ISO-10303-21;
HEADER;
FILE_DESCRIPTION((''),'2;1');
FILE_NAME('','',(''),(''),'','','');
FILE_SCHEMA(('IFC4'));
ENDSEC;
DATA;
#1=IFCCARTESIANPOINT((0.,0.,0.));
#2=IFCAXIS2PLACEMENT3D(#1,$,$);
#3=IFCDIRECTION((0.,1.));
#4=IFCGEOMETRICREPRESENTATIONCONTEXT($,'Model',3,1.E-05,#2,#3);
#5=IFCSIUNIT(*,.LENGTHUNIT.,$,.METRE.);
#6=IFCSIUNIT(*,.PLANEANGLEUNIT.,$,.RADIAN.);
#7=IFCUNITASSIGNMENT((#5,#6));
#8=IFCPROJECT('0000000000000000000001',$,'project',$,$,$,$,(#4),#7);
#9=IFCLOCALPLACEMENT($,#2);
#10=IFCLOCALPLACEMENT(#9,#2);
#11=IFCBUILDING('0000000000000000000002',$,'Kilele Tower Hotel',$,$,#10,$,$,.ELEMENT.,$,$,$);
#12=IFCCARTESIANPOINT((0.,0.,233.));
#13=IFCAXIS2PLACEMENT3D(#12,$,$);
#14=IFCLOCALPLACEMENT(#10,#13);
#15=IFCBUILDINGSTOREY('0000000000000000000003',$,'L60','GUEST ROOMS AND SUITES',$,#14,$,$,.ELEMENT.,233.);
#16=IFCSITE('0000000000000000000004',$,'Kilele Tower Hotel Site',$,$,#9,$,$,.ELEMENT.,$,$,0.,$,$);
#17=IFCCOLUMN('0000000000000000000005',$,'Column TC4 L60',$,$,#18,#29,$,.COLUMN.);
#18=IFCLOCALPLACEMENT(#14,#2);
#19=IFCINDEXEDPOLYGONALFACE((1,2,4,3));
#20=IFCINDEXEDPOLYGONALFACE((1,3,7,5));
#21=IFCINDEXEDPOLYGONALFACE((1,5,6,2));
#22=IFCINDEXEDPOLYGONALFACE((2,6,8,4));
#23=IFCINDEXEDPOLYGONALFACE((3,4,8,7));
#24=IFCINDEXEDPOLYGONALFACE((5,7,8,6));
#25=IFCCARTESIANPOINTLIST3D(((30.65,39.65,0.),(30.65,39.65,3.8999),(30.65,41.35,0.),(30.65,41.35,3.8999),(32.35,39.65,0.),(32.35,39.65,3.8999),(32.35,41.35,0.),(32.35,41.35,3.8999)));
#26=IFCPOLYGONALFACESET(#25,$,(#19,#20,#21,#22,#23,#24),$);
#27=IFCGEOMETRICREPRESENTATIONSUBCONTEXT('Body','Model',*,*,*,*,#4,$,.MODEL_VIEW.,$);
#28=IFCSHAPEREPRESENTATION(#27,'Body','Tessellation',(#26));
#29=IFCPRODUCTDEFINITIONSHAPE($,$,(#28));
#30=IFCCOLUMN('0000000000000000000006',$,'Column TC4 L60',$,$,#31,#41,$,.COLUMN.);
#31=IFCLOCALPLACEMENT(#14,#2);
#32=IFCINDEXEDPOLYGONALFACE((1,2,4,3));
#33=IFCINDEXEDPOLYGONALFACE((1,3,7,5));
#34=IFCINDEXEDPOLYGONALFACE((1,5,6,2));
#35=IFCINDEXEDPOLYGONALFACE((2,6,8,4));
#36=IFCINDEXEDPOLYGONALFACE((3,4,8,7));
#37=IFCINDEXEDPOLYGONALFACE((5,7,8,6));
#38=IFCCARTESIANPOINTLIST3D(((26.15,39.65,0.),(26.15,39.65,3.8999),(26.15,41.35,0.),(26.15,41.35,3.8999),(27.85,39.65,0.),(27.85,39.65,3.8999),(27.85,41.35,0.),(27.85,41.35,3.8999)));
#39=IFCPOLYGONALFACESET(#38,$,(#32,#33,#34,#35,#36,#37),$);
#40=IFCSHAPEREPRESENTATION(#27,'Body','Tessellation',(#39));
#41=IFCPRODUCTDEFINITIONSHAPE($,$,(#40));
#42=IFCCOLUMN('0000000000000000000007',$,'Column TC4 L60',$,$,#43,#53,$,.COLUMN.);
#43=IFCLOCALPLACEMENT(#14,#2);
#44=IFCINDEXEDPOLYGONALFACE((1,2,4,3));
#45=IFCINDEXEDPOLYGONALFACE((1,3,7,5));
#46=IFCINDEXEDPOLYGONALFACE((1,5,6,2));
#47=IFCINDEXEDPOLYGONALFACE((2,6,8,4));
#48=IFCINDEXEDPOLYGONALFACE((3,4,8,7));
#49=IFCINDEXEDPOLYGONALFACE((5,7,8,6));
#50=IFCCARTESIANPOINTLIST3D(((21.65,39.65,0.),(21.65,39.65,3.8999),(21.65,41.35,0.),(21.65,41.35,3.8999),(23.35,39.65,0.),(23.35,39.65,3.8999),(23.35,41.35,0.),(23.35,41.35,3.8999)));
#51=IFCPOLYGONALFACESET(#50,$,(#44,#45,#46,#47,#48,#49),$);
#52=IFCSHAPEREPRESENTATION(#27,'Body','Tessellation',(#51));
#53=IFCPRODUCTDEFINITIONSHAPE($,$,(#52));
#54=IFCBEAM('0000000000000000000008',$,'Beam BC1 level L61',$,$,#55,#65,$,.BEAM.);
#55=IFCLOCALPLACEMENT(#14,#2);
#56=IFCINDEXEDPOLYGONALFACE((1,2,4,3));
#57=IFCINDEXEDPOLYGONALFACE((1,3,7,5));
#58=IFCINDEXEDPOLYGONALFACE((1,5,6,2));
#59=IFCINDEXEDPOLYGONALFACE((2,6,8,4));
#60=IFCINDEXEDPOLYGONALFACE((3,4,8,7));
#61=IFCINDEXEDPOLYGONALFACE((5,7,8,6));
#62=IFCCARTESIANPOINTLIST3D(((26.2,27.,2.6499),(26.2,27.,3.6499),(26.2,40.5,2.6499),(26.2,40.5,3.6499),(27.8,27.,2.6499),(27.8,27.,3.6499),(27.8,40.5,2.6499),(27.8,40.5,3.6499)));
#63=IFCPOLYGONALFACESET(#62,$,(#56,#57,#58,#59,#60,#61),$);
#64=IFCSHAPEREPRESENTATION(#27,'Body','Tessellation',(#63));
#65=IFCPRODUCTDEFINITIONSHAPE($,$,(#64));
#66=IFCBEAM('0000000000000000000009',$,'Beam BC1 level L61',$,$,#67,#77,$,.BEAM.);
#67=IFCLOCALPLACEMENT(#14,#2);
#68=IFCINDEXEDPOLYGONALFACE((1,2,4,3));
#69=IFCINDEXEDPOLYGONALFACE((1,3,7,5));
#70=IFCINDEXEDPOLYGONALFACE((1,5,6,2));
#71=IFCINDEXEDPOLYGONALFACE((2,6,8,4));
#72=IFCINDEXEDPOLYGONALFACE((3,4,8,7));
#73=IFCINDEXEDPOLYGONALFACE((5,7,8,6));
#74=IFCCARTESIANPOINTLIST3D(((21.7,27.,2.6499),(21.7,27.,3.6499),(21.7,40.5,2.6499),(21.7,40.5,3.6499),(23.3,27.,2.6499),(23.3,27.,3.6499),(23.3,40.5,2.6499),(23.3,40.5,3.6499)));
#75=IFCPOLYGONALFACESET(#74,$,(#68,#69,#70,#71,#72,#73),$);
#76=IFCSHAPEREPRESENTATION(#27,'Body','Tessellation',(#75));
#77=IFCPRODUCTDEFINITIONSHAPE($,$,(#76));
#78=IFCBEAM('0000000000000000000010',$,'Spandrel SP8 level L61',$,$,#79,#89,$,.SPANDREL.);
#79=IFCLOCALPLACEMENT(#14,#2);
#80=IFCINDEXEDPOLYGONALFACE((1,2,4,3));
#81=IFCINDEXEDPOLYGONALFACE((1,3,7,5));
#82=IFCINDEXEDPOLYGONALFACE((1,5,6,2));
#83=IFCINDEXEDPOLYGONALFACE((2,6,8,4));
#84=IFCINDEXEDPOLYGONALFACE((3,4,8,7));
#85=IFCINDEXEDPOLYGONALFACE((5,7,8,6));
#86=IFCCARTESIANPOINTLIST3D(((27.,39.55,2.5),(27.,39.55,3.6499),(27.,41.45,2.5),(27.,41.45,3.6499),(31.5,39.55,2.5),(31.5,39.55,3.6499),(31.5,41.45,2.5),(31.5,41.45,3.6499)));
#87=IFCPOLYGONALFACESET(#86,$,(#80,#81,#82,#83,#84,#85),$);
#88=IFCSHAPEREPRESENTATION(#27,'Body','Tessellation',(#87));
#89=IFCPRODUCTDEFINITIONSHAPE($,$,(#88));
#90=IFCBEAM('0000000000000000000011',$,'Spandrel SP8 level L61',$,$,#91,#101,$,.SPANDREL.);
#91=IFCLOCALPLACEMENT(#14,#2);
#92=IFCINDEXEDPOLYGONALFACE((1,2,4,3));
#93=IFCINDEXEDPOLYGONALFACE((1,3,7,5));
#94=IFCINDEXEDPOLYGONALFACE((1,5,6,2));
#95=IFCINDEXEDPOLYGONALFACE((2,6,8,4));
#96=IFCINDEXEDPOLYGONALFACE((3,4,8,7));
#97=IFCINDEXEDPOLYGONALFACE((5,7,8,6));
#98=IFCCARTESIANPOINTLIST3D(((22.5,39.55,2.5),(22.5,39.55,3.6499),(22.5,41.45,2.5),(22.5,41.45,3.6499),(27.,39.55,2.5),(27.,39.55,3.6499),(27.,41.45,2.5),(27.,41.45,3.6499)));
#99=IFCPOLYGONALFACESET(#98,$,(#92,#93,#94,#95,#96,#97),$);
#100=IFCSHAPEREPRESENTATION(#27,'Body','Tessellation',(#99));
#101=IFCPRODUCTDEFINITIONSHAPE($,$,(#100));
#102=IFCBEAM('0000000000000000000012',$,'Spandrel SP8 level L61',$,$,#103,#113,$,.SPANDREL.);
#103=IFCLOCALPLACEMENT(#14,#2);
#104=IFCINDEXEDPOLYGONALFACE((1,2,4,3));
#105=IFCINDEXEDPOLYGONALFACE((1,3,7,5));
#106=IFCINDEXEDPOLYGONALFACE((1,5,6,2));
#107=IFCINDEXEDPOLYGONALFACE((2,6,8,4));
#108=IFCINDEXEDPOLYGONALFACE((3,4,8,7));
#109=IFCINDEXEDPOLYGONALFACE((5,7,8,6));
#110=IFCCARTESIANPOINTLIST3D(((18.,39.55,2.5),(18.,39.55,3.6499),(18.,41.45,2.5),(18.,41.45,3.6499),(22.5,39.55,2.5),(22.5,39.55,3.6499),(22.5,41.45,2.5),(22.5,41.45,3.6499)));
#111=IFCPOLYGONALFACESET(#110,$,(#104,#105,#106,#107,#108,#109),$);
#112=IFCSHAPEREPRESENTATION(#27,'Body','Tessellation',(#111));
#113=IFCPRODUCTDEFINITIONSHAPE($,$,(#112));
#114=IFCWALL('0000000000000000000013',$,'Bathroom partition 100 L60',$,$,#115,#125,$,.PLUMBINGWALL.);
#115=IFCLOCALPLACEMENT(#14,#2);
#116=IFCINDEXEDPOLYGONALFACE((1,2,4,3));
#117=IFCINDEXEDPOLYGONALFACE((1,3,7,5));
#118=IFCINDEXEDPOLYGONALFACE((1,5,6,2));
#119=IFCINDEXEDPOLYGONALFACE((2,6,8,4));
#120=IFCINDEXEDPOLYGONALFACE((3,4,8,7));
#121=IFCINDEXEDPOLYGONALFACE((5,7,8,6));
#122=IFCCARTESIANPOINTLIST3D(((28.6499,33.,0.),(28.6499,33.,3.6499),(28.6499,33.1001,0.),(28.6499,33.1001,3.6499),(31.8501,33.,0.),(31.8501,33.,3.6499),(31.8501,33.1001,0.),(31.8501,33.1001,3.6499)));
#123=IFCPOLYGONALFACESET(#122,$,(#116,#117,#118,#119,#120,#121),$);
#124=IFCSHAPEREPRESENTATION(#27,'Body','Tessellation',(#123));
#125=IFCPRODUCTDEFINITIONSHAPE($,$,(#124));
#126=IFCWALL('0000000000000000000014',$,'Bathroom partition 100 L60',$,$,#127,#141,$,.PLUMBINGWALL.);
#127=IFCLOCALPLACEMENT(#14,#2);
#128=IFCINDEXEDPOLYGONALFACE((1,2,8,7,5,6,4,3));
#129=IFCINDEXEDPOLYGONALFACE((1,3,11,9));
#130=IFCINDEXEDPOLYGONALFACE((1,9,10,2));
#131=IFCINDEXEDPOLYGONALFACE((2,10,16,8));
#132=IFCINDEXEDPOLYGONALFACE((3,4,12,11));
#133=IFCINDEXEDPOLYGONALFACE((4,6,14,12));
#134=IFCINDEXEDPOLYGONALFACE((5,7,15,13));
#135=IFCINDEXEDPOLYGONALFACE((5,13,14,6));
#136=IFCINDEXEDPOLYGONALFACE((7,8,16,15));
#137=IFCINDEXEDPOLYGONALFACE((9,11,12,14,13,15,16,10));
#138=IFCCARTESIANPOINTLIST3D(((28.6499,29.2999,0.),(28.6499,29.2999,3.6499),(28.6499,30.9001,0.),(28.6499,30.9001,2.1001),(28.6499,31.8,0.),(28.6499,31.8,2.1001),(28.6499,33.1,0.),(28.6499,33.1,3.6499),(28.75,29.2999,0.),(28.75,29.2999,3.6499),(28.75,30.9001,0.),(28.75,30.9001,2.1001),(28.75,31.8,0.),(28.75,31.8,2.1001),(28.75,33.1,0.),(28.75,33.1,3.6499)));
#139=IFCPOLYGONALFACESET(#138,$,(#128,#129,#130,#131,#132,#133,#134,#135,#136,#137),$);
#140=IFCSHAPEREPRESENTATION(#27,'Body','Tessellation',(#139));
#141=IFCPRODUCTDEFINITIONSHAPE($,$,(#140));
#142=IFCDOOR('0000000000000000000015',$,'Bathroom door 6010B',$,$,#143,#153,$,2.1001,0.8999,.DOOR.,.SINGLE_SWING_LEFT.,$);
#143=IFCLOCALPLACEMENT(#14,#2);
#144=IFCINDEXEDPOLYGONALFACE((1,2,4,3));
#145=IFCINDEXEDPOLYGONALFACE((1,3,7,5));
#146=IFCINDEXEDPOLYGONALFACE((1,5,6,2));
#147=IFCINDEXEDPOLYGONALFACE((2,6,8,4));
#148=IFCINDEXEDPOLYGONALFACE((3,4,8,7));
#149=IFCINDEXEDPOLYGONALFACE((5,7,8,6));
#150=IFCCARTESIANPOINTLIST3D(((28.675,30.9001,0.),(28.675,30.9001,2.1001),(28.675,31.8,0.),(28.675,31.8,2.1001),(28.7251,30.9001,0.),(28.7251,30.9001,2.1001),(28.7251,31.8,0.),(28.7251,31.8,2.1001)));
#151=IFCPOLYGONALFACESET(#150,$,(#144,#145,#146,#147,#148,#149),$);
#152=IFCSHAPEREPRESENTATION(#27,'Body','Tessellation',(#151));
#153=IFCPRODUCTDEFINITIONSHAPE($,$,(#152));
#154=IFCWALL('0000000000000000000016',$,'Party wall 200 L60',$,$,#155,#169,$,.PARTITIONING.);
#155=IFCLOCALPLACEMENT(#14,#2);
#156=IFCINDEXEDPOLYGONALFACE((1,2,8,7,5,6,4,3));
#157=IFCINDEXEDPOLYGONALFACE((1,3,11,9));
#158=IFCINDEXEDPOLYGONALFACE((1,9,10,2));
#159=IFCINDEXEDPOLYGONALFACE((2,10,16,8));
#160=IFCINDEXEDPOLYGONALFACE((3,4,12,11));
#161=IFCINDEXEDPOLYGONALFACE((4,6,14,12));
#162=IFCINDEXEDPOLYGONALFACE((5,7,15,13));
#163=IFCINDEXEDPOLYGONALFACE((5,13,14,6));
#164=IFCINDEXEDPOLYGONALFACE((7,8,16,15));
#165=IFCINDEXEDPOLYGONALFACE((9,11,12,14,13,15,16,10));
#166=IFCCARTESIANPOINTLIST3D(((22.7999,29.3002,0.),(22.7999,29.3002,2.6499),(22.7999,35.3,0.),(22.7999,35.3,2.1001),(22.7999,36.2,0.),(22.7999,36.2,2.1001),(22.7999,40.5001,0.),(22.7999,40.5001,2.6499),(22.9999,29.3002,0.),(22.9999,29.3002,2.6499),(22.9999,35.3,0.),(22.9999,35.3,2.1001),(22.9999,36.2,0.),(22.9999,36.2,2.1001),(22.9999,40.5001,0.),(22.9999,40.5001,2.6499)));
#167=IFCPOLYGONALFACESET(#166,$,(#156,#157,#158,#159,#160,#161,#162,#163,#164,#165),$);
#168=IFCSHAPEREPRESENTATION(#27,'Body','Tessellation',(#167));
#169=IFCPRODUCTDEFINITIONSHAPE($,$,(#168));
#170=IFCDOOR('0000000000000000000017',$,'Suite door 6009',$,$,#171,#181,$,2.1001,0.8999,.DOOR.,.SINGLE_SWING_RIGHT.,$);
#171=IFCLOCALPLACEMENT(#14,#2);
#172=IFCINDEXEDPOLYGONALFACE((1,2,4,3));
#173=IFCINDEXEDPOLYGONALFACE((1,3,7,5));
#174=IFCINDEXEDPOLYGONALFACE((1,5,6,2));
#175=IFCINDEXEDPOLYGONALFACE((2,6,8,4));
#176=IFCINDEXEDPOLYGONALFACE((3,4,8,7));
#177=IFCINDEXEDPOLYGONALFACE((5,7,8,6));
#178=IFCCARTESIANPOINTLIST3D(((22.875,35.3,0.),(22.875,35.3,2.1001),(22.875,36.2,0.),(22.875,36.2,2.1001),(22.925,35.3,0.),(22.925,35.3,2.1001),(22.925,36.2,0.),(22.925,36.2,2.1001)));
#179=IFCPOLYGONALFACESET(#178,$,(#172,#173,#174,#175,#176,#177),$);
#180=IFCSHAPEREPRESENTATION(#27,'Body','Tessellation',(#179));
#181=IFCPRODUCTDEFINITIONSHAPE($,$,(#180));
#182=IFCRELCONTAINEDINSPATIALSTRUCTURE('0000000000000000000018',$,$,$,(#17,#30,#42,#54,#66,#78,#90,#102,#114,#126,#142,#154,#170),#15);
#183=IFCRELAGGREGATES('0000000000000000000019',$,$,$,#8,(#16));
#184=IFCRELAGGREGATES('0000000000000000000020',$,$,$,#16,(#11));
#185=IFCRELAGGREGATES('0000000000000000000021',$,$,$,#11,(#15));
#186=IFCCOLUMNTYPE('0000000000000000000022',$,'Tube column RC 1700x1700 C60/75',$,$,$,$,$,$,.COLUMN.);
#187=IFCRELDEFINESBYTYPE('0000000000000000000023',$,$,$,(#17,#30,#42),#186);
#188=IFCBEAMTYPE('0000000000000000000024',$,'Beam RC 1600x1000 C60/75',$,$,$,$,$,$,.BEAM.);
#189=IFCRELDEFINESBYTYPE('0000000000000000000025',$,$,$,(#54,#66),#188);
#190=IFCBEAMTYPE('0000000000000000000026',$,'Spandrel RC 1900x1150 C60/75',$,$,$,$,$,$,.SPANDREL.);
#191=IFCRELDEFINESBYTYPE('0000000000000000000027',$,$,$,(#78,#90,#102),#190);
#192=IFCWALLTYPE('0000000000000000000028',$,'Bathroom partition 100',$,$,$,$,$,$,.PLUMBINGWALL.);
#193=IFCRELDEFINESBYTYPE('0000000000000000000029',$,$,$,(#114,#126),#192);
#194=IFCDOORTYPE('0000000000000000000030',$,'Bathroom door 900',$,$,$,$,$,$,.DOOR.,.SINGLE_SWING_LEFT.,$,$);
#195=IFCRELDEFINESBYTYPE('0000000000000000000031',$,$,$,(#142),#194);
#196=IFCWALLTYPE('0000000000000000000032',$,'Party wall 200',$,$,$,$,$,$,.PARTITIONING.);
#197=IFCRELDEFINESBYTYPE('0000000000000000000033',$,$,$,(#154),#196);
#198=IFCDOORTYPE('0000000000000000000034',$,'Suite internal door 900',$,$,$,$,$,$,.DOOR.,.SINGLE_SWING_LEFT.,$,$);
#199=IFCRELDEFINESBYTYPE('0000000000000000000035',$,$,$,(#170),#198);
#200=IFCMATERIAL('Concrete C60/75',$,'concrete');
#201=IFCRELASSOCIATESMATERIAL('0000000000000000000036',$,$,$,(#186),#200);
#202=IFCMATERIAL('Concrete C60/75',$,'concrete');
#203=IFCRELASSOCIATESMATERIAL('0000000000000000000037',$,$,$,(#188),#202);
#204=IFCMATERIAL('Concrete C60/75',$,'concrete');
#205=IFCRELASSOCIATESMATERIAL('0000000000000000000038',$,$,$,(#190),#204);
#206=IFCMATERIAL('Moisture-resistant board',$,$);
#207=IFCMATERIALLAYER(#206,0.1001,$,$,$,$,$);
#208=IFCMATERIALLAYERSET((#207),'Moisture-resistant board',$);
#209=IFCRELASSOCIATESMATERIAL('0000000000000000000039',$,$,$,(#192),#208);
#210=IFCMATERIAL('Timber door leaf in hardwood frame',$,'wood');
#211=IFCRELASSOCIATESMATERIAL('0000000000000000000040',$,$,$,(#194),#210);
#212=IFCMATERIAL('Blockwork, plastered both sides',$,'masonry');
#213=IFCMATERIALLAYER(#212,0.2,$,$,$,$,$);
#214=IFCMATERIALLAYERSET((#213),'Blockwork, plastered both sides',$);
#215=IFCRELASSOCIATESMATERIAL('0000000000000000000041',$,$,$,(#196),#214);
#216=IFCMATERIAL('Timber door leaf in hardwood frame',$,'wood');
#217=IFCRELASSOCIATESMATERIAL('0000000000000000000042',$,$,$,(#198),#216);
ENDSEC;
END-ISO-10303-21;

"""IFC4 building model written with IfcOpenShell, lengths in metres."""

from ifc_helpers import new_model, si_unit, direction, frame, frame_2d, origin, origin_2d, place, context, subcontext, project, spatial, rectangle, extrude, material, layer, layer_set, material_profile, profile_set, type_object, element, fill, save


model = new_model("IFC4")

# Units and contexts
model_context = context("Model", 3, precision=1e-05, world=origin(), true_north=direction((0.0, 1.0)))
body_context = subcontext(model_context, "Body", "Model", "MODEL_VIEW")
ifc_project = project(units=[si_unit("LENGTHUNIT", "METRE"), si_unit("PLANEANGLEUNIT", "RADIAN")], contexts=[model_context])

# Site, building, storey
site_placement = place(None, origin())
site = spatial("IfcSite", under=ifc_project, at=site_placement, Name="Kilele Tower Hotel Site", CompositionType="ELEMENT", RefElevation=0.0)
building_placement = place(site_placement, origin())
building = spatial("IfcBuilding", under=site, at=building_placement, Name="Kilele Tower Hotel", CompositionType="ELEMENT")
storey_placement = place(building_placement, frame((0.0, 0.0, 233.0)))
storey = spatial("IfcBuildingStorey", under=building, at=storey_placement, Name="L60", Description="GUEST ROOMS AND SUITES", CompositionType="ELEMENT", Elevation=233.0)

# Columns
ifc_material_1 = material(Name="Concrete C60/75", Category="concrete")
ifc_material_profile_1 = material_profile(ifc_material_1, rectangle(XDim=1.7, YDim=1.7, at=origin_2d()))
ifc_profile_set_1 = profile_set([ifc_material_profile_1], Name="Concrete C60/75")
column_type = type_object("IfcColumnType", Name="Tube column RC 1700x1700 C60/75", PredefinedType="COLUMN", material=ifc_profile_set_1)
for number, where, z_axis, x_axis, name in (
    (1, (31.5, 40.5, 0.0), (0.0, 0.0, 1.0), (1.0, 0.0, 0.0), "Column TC4 L60"),
    (2, (27.0, 40.5, 0.0), (0.0, 0.0, 1.0), (1.0, 0.0, 0.0), "Column TC4 L60"),
    (3, (22.5, 40.5, 0.0), (0.0, 0.0, 1.0), (1.0, 0.0, 0.0), "Column TC4 L60"),
):
    element("IfcColumn", number, at=place(storey_placement, frame(where, z_axis=z_axis, x_axis=x_axis)), inside=storey, type_object=column_type, Name=name, PredefinedType="COLUMN", context=body_context, shape_type="SweptSolid", body=[
        extrude(rectangle(XDim=1.7, YDim=1.7, at=origin_2d()), origin(), (0.0, 0.0, 1.0), 3.8999),
    ])

# Beams
ifc_material_2 = material(Name="Concrete C60/75", Category="concrete")
ifc_material_profile_2 = material_profile(ifc_material_2, rectangle(XDim=1.6001, YDim=1.0, at=origin_2d()))
ifc_profile_set_2 = profile_set([ifc_material_profile_2], Name="Concrete C60/75")
beam_type_1 = type_object("IfcBeamType", Name="Beam RC 1600x1000 C60/75", PredefinedType="BEAM", material=ifc_profile_set_2)
for number, where, z_axis, x_axis, name in (
    (4, (27.0, 40.5, 3.1499), (0.0, -1.0, 0.0), (1.0, 0.0, 0.0), "Beam BC1 level L61"),
    (5, (22.5, 40.5, 3.1499), (0.0, -1.0, 0.0), (1.0, 0.0, 0.0), "Beam BC1 level L61"),
):
    element("IfcBeam", number, at=place(storey_placement, frame(where, z_axis=z_axis, x_axis=x_axis)), inside=storey, type_object=beam_type_1, Name=name, PredefinedType="BEAM", context=body_context, shape_type="SweptSolid", body=[
        extrude(rectangle(XDim=1.6001, YDim=1.0, at=origin_2d()), origin(), (0.0, 0.0, 1.0), 13.5),
    ])
ifc_material_3 = material(Name="Concrete C60/75", Category="concrete")
ifc_material_profile_3 = material_profile(ifc_material_3, rectangle(XDim=1.8999, YDim=1.1499, at=origin_2d()))
ifc_profile_set_3 = profile_set([ifc_material_profile_3], Name="Concrete C60/75")
beam_type_2 = type_object("IfcBeamType", Name="Spandrel RC 1900x1150 C60/75", PredefinedType="SPANDREL", material=ifc_profile_set_3)
for number, where, z_axis, x_axis, name in (
    (6, (31.5, 40.5, 3.075), (-1.0, 0.0, 0.0), (0.0, -1.0, 0.0), "Spandrel SP8 level L61"),
    (7, (27.0, 40.5, 3.075), (-1.0, 0.0, 0.0), (0.0, -1.0, 0.0), "Spandrel SP8 level L61"),
    (8, (22.5, 40.5, 3.075), (-1.0, 0.0, 0.0), (0.0, -1.0, 0.0), "Spandrel SP8 level L61"),
):
    element("IfcBeam", number, at=place(storey_placement, frame(where, z_axis=z_axis, x_axis=x_axis)), inside=storey, type_object=beam_type_2, Name=name, PredefinedType="SPANDREL", context=body_context, shape_type="SweptSolid", body=[
        extrude(rectangle(XDim=1.8999, YDim=1.1499, at=origin_2d()), origin(), (0.0, 0.0, 1.0), 4.5),
    ])

# Wall
ifc_material_4 = material(Name="Moisture-resistant board")
ifc_layer_1 = layer(ifc_material_4, 0.1001)
ifc_layer_set_1 = layer_set([ifc_layer_1], Name="Moisture-resistant board")
wall_type_1 = type_object("IfcWallType", Name="Bathroom partition 100", PredefinedType="PLUMBINGWALL", material=ifc_layer_set_1)
wall_1_placement = place(storey_placement, frame((28.6499, 33.05, 0.0), z_axis=(0.0, 0.0, 1.0), x_axis=(1.0, 0.0, 0.0)))
element("IfcWall", 9, at=wall_1_placement, inside=storey, type_object=wall_type_1, Name="Bathroom partition 100 L60", PredefinedType="PLUMBINGWALL", context=body_context, shape_type="SweptSolid", body=[
    extrude(rectangle(XDim=3.2002, YDim=0.1001, at=frame_2d((1.6001, 0.0))), origin(), (0.0, 0.0, 1.0), 3.6499),
])

# Walls, openings, doors
wall_2_placement = place(storey_placement, frame((28.7, 29.3, 0.0), z_axis=(0.0, 0.0, 1.0), x_axis=(0.0, 1.0, 0.0)))
wall_2 = element("IfcWall", 10, at=wall_2_placement, inside=storey, type_object=wall_type_1, Name="Bathroom partition 100 L60", PredefinedType="PLUMBINGWALL", context=body_context, shape_type="SweptSolid", body=[
    extrude(rectangle(XDim=3.8, YDim=0.1001, at=frame_2d((1.8999, 0.0))), origin(), (0.0, 0.0, 1.0), 3.6499),
])
opening_1_placement = place(wall_2_placement, frame((1.6001, 0.0, 0.0)))
opening_1 = element("IfcOpeningElement", 11, at=opening_1_placement, cuts=wall_2, PredefinedType="OPENING", context=body_context, shape_type="SweptSolid", body=[
    extrude(rectangle(XDim=0.8999, YDim=2.1001, at=frame_2d((0.45, 1.05))), frame((0.0, 0.0601, 0.0), z_axis=(0.0, -1.0, 0.0), x_axis=(1.0, 0.0, 0.0)), (0.0, 0.0, 1.0), 0.1201),
])
ifc_material_5 = material(Name="Timber door leaf in hardwood frame", Category="wood")
door_type_1 = type_object("IfcDoorType", Name="Bathroom door 900", OperationType="SINGLE_SWING_LEFT", PredefinedType="DOOR", material=ifc_material_5)
door_1_placement = place(opening_1_placement, origin())
door_1 = element("IfcDoor", 12, at=door_1_placement, inside=storey, type_object=door_type_1, Name="Bathroom door 6010B", OperationType="SINGLE_SWING_LEFT", OverallHeight=2.1001, OverallWidth=0.8999, PredefinedType="DOOR", context=body_context, shape_type="SweptSolid", body=[
    extrude(rectangle(XDim=0.8999, YDim=2.1001, at=frame_2d((0.45, 1.05))), frame((0.0, 0.0249, 0.0), z_axis=(0.0, -1.0, 0.0), x_axis=(1.0, 0.0, 0.0)), (0.0, 0.0, 1.0), 0.05),
])
fill(opening_1, door_1)
ifc_material_6 = material(Name="Blockwork, plastered both sides", Category="masonry")
ifc_layer_2 = layer(ifc_material_6, 0.2)
ifc_layer_set_2 = layer_set([ifc_layer_2], Name="Blockwork, plastered both sides")
wall_type_2 = type_object("IfcWallType", Name="Party wall 200", PredefinedType="PARTITIONING", material=ifc_layer_set_2)
wall_3_placement = place(storey_placement, frame((22.8999, 29.3, 0.0), z_axis=(0.0, 0.0, 1.0), x_axis=(0.0, 1.0, 0.0)))
wall_3 = element("IfcWall", 13, at=wall_3_placement, inside=storey, type_object=wall_type_2, Name="Party wall 200 L60", PredefinedType="PARTITIONING", context=body_context, shape_type="SweptSolid", body=[
    extrude(rectangle(XDim=11.2, YDim=0.2, at=frame_2d((5.6001, 0.0))), origin(), (0.0, 0.0, 1.0), 2.6499),
])
opening_2_placement = place(wall_3_placement, frame((6.0, 0.0, 0.0)))
opening_2 = element("IfcOpeningElement", 14, at=opening_2_placement, cuts=wall_3, PredefinedType="OPENING", context=body_context, shape_type="SweptSolid", body=[
    extrude(rectangle(XDim=0.8999, YDim=2.1001, at=frame_2d((0.45, 1.05))), frame((0.0, 0.1099, 0.0), z_axis=(0.0, -1.0, 0.0), x_axis=(1.0, 0.0, 0.0)), (0.0, 0.0, 1.0), 0.22),
])
ifc_material_7 = material(Name="Timber door leaf in hardwood frame", Category="wood")
door_type_2 = type_object("IfcDoorType", Name="Suite internal door 900", OperationType="SINGLE_SWING_LEFT", PredefinedType="DOOR", material=ifc_material_7)
door_2_placement = place(opening_2_placement, origin())
door_2 = element("IfcDoor", 15, at=door_2_placement, inside=storey, type_object=door_type_2, Name="Suite door 6009", OperationType="SINGLE_SWING_RIGHT", OverallHeight=2.1001, OverallWidth=0.8999, PredefinedType="DOOR", context=body_context, shape_type="SweptSolid", body=[
    extrude(rectangle(XDim=0.8999, YDim=2.1001, at=frame_2d((0.45, 1.05))), frame((0.0, 0.0249, 0.0), z_axis=(0.0, -1.0, 0.0), x_axis=(1.0, 0.0, 0.0)), (0.0, 0.0, 1.0), 0.05),
])
fill(opening_2, door_2)

save(model, "model.ifc")
